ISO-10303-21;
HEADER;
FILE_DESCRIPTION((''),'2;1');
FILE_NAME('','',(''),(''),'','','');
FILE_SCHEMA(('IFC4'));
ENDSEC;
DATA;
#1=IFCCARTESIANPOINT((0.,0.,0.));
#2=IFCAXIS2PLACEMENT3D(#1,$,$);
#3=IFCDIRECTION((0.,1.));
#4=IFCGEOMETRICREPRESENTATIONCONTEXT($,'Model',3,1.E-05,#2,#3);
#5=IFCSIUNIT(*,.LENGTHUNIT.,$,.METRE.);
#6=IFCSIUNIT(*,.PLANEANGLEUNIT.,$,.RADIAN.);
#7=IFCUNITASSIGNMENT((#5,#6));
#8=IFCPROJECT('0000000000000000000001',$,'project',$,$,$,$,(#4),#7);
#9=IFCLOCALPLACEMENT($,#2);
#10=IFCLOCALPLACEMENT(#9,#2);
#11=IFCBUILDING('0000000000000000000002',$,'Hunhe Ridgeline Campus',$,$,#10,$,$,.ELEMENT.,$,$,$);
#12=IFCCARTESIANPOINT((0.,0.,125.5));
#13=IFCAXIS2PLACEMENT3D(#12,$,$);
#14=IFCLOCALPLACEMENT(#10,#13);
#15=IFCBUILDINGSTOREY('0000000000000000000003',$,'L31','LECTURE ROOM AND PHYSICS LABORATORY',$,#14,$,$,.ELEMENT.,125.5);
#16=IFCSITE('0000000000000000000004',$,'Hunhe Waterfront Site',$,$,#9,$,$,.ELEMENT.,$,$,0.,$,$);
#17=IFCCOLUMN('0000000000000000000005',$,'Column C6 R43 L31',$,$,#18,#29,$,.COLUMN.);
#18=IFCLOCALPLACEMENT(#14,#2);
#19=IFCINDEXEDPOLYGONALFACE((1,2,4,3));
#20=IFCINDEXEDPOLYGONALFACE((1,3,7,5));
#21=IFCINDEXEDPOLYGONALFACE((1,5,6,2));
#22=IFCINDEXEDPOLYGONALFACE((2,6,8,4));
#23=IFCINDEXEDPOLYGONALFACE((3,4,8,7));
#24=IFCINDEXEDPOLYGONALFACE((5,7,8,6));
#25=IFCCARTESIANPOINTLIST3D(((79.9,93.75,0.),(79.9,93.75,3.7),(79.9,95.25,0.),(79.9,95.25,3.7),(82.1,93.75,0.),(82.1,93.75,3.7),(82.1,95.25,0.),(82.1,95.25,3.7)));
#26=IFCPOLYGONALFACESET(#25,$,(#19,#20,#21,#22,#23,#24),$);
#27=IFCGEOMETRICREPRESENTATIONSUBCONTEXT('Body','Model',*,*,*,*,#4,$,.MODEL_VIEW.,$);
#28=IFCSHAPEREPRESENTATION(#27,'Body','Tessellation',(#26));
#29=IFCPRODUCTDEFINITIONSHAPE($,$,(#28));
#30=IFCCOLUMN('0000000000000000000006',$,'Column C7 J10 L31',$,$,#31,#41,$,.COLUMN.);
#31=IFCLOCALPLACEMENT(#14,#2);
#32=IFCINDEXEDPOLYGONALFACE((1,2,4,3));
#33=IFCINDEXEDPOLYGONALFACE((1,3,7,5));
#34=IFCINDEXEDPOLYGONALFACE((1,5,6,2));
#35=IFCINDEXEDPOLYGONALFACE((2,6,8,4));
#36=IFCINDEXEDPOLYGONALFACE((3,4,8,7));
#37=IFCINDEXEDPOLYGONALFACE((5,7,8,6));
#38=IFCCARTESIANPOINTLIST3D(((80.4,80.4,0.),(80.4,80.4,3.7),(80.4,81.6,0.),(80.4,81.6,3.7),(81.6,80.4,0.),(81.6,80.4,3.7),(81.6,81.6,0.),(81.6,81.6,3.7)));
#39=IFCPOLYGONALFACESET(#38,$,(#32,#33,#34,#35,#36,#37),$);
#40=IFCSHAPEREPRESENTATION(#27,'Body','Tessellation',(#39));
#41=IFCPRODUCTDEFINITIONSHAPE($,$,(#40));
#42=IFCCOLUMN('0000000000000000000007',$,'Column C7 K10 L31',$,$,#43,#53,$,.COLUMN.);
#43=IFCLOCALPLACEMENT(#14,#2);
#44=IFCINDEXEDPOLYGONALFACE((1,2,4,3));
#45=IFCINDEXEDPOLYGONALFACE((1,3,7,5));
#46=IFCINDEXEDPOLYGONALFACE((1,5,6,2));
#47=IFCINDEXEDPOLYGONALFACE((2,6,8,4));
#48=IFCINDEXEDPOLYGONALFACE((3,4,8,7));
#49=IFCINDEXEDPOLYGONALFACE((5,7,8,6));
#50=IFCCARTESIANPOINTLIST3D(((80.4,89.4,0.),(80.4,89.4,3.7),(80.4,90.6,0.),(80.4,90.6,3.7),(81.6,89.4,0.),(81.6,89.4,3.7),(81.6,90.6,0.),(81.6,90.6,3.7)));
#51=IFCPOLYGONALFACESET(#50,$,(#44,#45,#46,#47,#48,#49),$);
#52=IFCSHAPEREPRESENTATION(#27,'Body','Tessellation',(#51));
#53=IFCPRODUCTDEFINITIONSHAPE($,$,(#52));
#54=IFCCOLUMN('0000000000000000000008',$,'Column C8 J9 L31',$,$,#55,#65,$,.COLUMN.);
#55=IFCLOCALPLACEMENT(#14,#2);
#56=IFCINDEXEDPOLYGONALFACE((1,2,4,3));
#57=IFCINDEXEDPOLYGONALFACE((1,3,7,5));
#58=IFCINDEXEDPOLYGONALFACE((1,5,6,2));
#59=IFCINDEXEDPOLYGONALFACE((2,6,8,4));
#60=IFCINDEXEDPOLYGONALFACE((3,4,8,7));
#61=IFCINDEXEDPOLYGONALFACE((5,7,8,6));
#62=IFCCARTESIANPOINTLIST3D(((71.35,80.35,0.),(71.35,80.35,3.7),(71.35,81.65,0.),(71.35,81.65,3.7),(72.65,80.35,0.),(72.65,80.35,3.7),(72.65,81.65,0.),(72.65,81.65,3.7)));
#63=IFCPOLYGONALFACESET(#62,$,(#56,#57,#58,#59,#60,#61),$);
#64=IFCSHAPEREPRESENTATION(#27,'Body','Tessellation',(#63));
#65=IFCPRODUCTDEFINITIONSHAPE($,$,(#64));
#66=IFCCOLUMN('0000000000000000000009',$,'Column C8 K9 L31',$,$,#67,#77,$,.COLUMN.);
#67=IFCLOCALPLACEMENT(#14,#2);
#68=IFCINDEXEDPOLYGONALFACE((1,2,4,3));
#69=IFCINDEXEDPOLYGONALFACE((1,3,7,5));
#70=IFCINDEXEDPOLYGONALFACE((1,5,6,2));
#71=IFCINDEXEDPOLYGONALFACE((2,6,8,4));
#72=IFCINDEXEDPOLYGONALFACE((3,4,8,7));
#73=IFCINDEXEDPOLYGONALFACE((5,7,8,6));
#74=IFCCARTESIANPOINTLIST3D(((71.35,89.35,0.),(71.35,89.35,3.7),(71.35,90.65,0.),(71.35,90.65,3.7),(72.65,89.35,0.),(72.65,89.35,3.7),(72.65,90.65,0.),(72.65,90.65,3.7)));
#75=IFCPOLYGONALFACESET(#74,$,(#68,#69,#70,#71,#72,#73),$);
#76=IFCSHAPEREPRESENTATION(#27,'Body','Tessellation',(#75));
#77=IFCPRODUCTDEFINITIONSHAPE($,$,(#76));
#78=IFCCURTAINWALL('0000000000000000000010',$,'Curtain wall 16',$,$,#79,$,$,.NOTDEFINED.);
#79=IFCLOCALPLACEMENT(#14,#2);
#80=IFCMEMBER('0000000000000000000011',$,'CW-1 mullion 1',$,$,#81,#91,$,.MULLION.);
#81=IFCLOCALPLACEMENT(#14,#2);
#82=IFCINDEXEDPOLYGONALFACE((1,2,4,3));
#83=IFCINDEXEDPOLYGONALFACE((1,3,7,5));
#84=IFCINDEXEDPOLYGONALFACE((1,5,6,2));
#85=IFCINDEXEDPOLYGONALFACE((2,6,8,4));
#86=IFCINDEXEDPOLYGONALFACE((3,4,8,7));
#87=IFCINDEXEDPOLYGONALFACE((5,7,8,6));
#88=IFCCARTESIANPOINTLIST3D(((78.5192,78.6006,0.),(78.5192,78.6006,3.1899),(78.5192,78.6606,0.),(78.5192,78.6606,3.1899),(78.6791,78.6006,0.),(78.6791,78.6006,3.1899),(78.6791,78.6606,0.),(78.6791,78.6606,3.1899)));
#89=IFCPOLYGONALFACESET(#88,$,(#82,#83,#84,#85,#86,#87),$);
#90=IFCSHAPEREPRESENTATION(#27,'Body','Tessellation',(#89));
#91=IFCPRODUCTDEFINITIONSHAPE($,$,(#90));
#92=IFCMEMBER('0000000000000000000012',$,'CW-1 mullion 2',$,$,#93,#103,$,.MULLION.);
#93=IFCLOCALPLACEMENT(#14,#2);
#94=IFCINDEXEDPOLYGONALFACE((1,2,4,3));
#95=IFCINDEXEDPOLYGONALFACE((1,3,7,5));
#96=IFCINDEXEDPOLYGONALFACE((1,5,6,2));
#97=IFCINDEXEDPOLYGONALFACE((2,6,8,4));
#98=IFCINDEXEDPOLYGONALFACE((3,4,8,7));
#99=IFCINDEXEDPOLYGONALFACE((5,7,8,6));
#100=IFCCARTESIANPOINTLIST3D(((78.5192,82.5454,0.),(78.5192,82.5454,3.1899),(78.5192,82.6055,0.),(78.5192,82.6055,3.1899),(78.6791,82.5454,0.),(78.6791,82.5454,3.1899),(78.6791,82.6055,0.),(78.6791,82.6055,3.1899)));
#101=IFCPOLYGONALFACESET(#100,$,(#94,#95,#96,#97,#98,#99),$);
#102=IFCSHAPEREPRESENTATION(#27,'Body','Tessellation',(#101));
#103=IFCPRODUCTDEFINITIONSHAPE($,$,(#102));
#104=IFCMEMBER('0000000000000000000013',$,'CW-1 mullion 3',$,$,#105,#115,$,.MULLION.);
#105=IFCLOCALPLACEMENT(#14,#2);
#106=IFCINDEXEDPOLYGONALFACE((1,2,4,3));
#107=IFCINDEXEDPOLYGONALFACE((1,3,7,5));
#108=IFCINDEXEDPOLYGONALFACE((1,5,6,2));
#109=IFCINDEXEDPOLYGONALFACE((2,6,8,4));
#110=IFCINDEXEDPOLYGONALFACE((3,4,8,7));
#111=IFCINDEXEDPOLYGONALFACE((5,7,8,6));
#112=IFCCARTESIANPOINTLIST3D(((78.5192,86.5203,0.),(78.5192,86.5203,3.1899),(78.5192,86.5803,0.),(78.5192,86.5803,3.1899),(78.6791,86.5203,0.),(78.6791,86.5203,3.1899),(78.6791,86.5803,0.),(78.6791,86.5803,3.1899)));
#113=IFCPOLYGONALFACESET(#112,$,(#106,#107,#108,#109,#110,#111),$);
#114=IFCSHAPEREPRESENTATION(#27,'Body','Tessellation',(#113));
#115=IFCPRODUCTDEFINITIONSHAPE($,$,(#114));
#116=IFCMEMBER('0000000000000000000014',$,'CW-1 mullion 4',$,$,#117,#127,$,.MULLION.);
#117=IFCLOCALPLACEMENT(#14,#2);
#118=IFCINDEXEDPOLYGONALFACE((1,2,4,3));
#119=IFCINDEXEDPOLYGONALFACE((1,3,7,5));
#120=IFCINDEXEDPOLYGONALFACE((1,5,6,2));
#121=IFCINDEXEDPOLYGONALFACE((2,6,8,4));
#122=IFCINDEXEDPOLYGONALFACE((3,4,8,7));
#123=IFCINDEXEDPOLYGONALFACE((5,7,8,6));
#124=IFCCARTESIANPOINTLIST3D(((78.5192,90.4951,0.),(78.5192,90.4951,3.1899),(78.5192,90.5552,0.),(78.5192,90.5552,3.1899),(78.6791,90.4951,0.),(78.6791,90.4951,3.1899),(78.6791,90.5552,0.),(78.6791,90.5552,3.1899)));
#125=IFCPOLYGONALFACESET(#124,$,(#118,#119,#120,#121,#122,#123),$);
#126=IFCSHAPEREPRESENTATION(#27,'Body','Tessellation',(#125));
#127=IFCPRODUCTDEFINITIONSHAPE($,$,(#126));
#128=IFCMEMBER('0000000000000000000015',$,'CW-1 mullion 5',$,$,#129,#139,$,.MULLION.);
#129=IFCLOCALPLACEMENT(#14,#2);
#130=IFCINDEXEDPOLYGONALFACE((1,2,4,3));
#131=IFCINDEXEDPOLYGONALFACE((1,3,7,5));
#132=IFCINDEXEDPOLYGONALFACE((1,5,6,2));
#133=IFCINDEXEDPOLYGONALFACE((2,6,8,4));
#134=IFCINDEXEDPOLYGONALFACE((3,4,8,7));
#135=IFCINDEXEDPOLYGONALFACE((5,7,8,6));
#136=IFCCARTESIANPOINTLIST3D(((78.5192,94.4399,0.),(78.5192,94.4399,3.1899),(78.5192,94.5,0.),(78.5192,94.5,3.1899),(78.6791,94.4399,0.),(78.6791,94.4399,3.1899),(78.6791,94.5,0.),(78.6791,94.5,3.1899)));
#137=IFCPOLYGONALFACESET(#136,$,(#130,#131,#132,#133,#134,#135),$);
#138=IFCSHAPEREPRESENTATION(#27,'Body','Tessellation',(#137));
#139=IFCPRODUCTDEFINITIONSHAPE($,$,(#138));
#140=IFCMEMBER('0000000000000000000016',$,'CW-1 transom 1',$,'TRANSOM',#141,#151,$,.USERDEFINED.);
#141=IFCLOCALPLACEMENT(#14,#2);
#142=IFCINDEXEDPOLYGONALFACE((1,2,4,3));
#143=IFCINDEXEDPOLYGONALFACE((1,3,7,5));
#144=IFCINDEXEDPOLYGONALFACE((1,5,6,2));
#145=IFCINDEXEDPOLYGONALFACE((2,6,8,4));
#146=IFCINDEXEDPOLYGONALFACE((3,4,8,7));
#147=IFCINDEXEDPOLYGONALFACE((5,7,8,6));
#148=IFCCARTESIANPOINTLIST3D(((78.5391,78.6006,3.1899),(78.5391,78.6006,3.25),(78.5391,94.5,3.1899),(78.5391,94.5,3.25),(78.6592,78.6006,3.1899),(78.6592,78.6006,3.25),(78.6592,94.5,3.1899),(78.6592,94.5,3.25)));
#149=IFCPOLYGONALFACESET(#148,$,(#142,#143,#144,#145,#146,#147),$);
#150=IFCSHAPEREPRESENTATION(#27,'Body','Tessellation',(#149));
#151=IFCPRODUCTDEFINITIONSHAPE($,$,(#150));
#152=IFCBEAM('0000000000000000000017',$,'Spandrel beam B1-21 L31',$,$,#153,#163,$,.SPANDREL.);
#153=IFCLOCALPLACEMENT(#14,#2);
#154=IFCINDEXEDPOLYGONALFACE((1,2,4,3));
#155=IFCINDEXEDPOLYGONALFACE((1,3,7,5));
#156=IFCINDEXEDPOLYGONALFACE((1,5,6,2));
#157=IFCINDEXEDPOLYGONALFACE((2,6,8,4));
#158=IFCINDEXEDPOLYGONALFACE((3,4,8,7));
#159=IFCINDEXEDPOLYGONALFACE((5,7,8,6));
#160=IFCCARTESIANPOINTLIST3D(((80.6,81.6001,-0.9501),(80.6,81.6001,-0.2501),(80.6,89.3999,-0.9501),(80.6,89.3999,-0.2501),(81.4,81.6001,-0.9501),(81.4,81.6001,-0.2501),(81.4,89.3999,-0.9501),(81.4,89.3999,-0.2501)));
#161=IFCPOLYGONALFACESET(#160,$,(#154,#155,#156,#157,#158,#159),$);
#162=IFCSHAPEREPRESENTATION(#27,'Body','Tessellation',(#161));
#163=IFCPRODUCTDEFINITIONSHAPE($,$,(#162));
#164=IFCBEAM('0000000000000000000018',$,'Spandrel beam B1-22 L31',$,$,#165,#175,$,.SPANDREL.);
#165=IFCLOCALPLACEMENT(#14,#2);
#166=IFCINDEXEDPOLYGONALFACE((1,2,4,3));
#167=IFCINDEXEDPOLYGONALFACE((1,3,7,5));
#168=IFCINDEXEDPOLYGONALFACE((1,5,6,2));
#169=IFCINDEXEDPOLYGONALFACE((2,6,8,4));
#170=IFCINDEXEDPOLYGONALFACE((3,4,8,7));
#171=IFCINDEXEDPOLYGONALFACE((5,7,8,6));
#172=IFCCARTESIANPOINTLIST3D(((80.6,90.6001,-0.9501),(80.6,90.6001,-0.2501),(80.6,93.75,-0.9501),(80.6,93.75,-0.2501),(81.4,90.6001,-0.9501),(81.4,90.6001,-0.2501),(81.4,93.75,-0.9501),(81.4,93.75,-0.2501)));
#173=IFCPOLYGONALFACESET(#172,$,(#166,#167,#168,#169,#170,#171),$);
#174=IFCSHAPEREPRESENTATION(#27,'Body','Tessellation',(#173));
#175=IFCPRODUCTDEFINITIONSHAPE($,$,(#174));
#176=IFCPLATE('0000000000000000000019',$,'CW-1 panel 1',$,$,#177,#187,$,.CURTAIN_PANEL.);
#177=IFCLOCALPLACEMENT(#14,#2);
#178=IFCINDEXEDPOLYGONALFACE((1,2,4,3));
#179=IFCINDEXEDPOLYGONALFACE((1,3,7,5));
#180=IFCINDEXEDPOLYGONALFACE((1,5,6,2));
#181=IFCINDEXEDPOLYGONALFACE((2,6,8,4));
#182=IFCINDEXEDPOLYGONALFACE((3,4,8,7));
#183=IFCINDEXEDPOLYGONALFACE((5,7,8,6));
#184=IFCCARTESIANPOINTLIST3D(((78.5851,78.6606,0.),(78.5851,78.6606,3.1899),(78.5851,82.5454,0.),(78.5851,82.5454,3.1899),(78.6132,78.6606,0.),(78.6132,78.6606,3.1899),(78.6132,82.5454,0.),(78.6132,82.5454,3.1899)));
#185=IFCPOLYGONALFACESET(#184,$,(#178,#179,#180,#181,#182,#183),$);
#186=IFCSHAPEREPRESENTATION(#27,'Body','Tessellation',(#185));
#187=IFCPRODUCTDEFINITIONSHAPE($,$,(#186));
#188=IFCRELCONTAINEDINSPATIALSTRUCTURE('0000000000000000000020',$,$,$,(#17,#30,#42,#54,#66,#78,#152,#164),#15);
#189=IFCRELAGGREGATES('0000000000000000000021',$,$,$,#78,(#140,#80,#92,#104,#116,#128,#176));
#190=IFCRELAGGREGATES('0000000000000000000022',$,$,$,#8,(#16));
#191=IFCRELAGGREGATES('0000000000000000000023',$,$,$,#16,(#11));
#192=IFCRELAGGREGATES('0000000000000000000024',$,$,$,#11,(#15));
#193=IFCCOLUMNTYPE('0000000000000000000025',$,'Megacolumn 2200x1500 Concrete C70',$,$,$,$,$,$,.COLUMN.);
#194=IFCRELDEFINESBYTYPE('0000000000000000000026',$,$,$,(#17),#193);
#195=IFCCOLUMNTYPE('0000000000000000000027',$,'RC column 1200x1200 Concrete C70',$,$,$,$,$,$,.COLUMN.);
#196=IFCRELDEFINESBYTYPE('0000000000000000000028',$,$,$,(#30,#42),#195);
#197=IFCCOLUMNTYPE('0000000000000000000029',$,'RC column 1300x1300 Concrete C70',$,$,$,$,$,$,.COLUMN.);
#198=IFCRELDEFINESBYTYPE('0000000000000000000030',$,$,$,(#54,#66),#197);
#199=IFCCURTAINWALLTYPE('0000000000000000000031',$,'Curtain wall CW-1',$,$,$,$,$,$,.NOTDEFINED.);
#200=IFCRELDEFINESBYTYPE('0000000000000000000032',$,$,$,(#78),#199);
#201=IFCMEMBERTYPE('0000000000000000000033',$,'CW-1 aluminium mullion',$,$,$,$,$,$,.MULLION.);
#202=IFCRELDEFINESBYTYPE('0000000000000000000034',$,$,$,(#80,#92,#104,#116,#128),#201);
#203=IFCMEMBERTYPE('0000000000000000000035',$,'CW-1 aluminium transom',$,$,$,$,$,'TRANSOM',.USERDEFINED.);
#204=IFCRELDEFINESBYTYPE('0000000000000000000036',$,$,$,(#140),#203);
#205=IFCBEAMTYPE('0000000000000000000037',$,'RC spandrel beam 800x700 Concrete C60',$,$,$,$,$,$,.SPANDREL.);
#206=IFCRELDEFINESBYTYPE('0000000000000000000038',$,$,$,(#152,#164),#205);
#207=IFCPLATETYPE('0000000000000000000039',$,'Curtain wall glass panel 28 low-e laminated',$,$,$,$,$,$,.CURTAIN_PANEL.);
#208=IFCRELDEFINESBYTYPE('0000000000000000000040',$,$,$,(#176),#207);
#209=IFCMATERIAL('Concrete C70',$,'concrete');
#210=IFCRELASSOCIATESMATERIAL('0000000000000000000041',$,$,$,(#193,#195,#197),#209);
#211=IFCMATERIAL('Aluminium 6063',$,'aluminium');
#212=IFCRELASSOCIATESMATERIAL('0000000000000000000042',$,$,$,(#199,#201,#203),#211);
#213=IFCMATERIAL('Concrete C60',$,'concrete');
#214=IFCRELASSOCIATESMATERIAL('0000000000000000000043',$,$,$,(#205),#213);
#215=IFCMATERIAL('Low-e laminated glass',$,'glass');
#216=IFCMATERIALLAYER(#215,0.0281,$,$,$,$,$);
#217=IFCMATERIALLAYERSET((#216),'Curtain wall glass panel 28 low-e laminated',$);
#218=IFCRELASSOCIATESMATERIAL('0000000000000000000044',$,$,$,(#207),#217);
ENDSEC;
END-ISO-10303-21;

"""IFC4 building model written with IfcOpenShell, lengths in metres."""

from ifc_helpers import new_model, si_unit, direction, frame, origin, origin_2d, place, context, subcontext, project, spatial, rectangle, extrude, material, layer, layer_set, material_profile, profile_set, type_object, element, aggregate, save


model = new_model("IFC4")

# Units and contexts
model_context = context("Model", 3, precision=1e-05, world=origin(), true_north=direction((0.0, 1.0)))
body_context = subcontext(model_context, "Body", "Model", "MODEL_VIEW")
ifc_project = project(units=[si_unit("LENGTHUNIT", "METRE"), si_unit("PLANEANGLEUNIT", "RADIAN")], contexts=[model_context])

# Site, building, storey
site_placement = place(None, origin())
site = spatial("IfcSite", under=ifc_project, at=site_placement, Name="Hunhe Waterfront Site", CompositionType="ELEMENT", RefElevation=0.0)
building_placement = place(site_placement, origin())
building = spatial("IfcBuilding", under=site, at=building_placement, Name="Hunhe Ridgeline Campus", CompositionType="ELEMENT")
storey_placement = place(building_placement, frame((0.0, 0.0, 125.5)))
storey = spatial("IfcBuildingStorey", under=building, at=storey_placement, Name="L31", Description="LECTURE ROOM AND PHYSICS LABORATORY", CompositionType="ELEMENT", Elevation=125.5)

# Columns
ifc_material_1 = material(Name="Concrete C70", Category="concrete")
ifc_material_profile_1 = material_profile(ifc_material_1, rectangle(XDim=2.2, YDim=1.5, at=origin_2d()))
ifc_profile_set_1 = profile_set([ifc_material_profile_1], Name="Concrete C70")
column_type_1 = type_object("IfcColumnType", Name="Megacolumn 2200x1500 Concrete C70", PredefinedType="COLUMN", material=ifc_profile_set_1)
column_placement = place(storey_placement, frame((81.0, 94.5, 0.0), z_axis=(0.0, 0.0, 1.0), x_axis=(1.0, 0.0, 0.0)))
element("IfcColumn", 1, at=column_placement, inside=storey, type_object=column_type_1, Name="Column C6 R43 L31", PredefinedType="COLUMN", context=body_context, shape_type="SweptSolid", body=[
    extrude(rectangle(XDim=2.2, YDim=1.5, at=origin_2d()), origin(), (0.0, 0.0, 1.0), 3.7),
])
ifc_material_profile_2 = material_profile(ifc_material_1, rectangle(XDim=1.2, YDim=1.2, at=origin_2d()))
ifc_profile_set_2 = profile_set([ifc_material_profile_2], Name="Concrete C70")
column_type_2 = type_object("IfcColumnType", Name="RC column 1200x1200 Concrete C70", PredefinedType="COLUMN", material=ifc_profile_set_2)
for number, where, z_axis, x_axis, name in (
    (2, (81.0, 81.0, 0.0), (0.0, 0.0, 1.0), (1.0, 0.0, 0.0), "Column C7 J10 L31"),
    (3, (81.0, 90.0, 0.0), (0.0, 0.0, 1.0), (1.0, 0.0, 0.0), "Column C7 K10 L31"),
):
    element("IfcColumn", number, at=place(storey_placement, frame(where, z_axis=z_axis, x_axis=x_axis)), inside=storey, type_object=column_type_2, Name=name, PredefinedType="COLUMN", context=body_context, shape_type="SweptSolid", body=[
        extrude(rectangle(XDim=1.2, YDim=1.2, at=origin_2d()), origin(), (0.0, 0.0, 1.0), 3.7),
    ])
ifc_material_profile_3 = material_profile(ifc_material_1, rectangle(XDim=1.3, YDim=1.3, at=origin_2d()))
ifc_profile_set_3 = profile_set([ifc_material_profile_3], Name="Concrete C70")
column_type_3 = type_object("IfcColumnType", Name="RC column 1300x1300 Concrete C70", PredefinedType="COLUMN", material=ifc_profile_set_3)
for number, where, z_axis, x_axis, name in (
    (4, (72.0, 81.0, 0.0), (0.0, 0.0, 1.0), (1.0, 0.0, 0.0), "Column C8 J9 L31"),
    (5, (72.0, 90.0, 0.0), (0.0, 0.0, 1.0), (1.0, 0.0, 0.0), "Column C8 K9 L31"),
):
    element("IfcColumn", number, at=place(storey_placement, frame(where, z_axis=z_axis, x_axis=x_axis)), inside=storey, type_object=column_type_3, Name=name, PredefinedType="COLUMN", context=body_context, shape_type="SweptSolid", body=[
        extrude(rectangle(XDim=1.3, YDim=1.3, at=origin_2d()), origin(), (0.0, 0.0, 1.0), 3.7),
    ])

# Curtain wall, members
ifc_material_2 = material(Name="Aluminium 6063", Category="aluminium")
curtain_wall_type = type_object("IfcCurtainWallType", Name="Curtain wall CW-1", PredefinedType="NOTDEFINED", material=ifc_material_2)
curtain_wall_placement = place(storey_placement, origin())
curtain_wall = element("IfcCurtainWall", 6, at=curtain_wall_placement, inside=storey, type_object=curtain_wall_type, Name="Curtain wall 16", PredefinedType="NOTDEFINED")
ifc_material_profile_4 = material_profile(ifc_material_2, rectangle(XDim=0.1599, YDim=0.0601, at=origin_2d()))
ifc_profile_set_4 = profile_set([ifc_material_profile_4], Name="Aluminium 6063")
member_type_1 = type_object("IfcMemberType", Name="CW-1 aluminium mullion", PredefinedType="MULLION", material=ifc_profile_set_4)
member_1_placement = place(storey_placement, frame((78.5991, 78.6306, 0.0), z_axis=(0.0, 0.0, 1.0), x_axis=(-1.0, 0.0, 0.0)))
member_1 = element("IfcMember", 7, at=member_1_placement, type_object=member_type_1, Name="CW-1 mullion 1", PredefinedType="MULLION", context=body_context, shape_type="SweptSolid", body=[
    extrude(rectangle(XDim=0.1599, YDim=0.0601, at=origin_2d()), origin(), (0.0, 0.0, 1.0), 3.1899),
])
member_2_placement = place(storey_placement, frame((78.5991, 82.5754, 0.0), z_axis=(0.0, 0.0, 1.0), x_axis=(-1.0, 0.0, 0.0)))
member_2 = element("IfcMember", 8, at=member_2_placement, type_object=member_type_1, Name="CW-1 mullion 2", PredefinedType="MULLION", context=body_context, shape_type="SweptSolid", body=[
    extrude(rectangle(XDim=0.1599, YDim=0.0601, at=origin_2d()), origin(), (0.0, 0.0, 1.0), 3.1899),
])
member_3_placement = place(storey_placement, frame((78.5991, 86.5503, 0.0), z_axis=(0.0, 0.0, 1.0), x_axis=(-1.0, 0.0, 0.0)))
member_3 = element("IfcMember", 9, at=member_3_placement, type_object=member_type_1, Name="CW-1 mullion 3", PredefinedType="MULLION", context=body_context, shape_type="SweptSolid", body=[
    extrude(rectangle(XDim=0.1599, YDim=0.0601, at=origin_2d()), origin(), (0.0, 0.0, 1.0), 3.1899),
])
member_4_placement = place(storey_placement, frame((78.5991, 90.5251, 0.0), z_axis=(0.0, 0.0, 1.0), x_axis=(-1.0, 0.0, 0.0)))
member_4 = element("IfcMember", 10, at=member_4_placement, type_object=member_type_1, Name="CW-1 mullion 4", PredefinedType="MULLION", context=body_context, shape_type="SweptSolid", body=[
    extrude(rectangle(XDim=0.1599, YDim=0.0601, at=origin_2d()), origin(), (0.0, 0.0, 1.0), 3.1899),
])
member_5_placement = place(storey_placement, frame((78.5991, 94.47, 0.0), z_axis=(0.0, 0.0, 1.0), x_axis=(-1.0, 0.0, 0.0)))
member_5 = element("IfcMember", 11, at=member_5_placement, type_object=member_type_1, Name="CW-1 mullion 5", PredefinedType="MULLION", context=body_context, shape_type="SweptSolid", body=[
    extrude(rectangle(XDim=0.1599, YDim=0.0601, at=origin_2d()), origin(), (0.0, 0.0, 1.0), 3.1899),
])
ifc_material_profile_5 = material_profile(ifc_material_2, rectangle(XDim=0.1201, YDim=0.0601, at=origin_2d()))
ifc_profile_set_5 = profile_set([ifc_material_profile_5], Name="Aluminium 6063")
member_type_2 = type_object("IfcMemberType", Name="CW-1 aluminium transom", ElementType="TRANSOM", PredefinedType="USERDEFINED", material=ifc_profile_set_5)
member_6_placement = place(storey_placement, frame((78.5991, 78.6006, 3.22), z_axis=(0.0, 1.0, 0.0), x_axis=(-1.0, 0.0, 0.0)))
member_6 = element("IfcMember", 12, at=member_6_placement, type_object=member_type_2, Name="CW-1 transom 1", ObjectType="TRANSOM", PredefinedType="USERDEFINED", context=body_context, shape_type="SweptSolid", body=[
    extrude(rectangle(XDim=0.1201, YDim=0.0601, at=origin_2d()), origin(), (0.0, 0.0, 1.0), 15.8994),
])

# Beams
ifc_material_3 = material(Name="Concrete C60", Category="concrete")
ifc_material_profile_6 = material_profile(ifc_material_3, rectangle(XDim=0.8, YDim=0.7, at=origin_2d()))
ifc_profile_set_6 = profile_set([ifc_material_profile_6], Name="Concrete C60")
beam_type = type_object("IfcBeamType", Name="RC spandrel beam 800x700 Concrete C60", PredefinedType="SPANDREL", material=ifc_profile_set_6)
beam_1_placement = place(storey_placement, frame((81.0, 81.6001, -0.6001), z_axis=(0.0, 1.0, 0.0), x_axis=(-1.0, 0.0, 0.0)))
element("IfcBeam", 13, at=beam_1_placement, inside=storey, type_object=beam_type, Name="Spandrel beam B1-21 L31", PredefinedType="SPANDREL", context=body_context, shape_type="SweptSolid", body=[
    extrude(rectangle(XDim=0.8, YDim=0.7, at=origin_2d()), origin(), (0.0, 0.0, 1.0), 7.7998),
])
beam_2_placement = place(storey_placement, frame((81.0, 90.6001, -0.6001), z_axis=(0.0, 1.0, 0.0), x_axis=(-1.0, 0.0, 0.0)))
element("IfcBeam", 14, at=beam_2_placement, inside=storey, type_object=beam_type, Name="Spandrel beam B1-22 L31", PredefinedType="SPANDREL", context=body_context, shape_type="SweptSolid", body=[
    extrude(rectangle(XDim=0.8, YDim=0.7, at=origin_2d()), origin(), (0.0, 0.0, 1.0), 3.1499),
])

# Plate
ifc_material_4 = material(Name="Low-e laminated glass", Category="glass")
ifc_layer_1 = layer(ifc_material_4, 0.0281)
ifc_layer_set_1 = layer_set([ifc_layer_1], Name="Curtain wall glass panel 28 low-e laminated")
plate_type = type_object("IfcPlateType", Name="Curtain wall glass panel 28 low-e laminated", PredefinedType="CURTAIN_PANEL", material=ifc_layer_set_1)
plate_1_placement = place(storey_placement, frame((78.5991, 80.603, 0.0), z_axis=(0.0, 0.0, 1.0), x_axis=(0.0, 1.0, 0.0)))
plate_1 = element("IfcPlate", 15, at=plate_1_placement, type_object=plate_type, Name="CW-1 panel 1", PredefinedType="CURTAIN_PANEL", context=body_context, shape_type="SweptSolid", body=[
    extrude(rectangle(XDim=3.8848, YDim=0.0281, at=origin_2d()), origin(), (0.0, 0.0, 1.0), 3.1899),
])
aggregate(curtain_wall, [member_6, member_1, member_2, member_3, member_4, member_5, plate_1])

save(model, "model.ifc")
